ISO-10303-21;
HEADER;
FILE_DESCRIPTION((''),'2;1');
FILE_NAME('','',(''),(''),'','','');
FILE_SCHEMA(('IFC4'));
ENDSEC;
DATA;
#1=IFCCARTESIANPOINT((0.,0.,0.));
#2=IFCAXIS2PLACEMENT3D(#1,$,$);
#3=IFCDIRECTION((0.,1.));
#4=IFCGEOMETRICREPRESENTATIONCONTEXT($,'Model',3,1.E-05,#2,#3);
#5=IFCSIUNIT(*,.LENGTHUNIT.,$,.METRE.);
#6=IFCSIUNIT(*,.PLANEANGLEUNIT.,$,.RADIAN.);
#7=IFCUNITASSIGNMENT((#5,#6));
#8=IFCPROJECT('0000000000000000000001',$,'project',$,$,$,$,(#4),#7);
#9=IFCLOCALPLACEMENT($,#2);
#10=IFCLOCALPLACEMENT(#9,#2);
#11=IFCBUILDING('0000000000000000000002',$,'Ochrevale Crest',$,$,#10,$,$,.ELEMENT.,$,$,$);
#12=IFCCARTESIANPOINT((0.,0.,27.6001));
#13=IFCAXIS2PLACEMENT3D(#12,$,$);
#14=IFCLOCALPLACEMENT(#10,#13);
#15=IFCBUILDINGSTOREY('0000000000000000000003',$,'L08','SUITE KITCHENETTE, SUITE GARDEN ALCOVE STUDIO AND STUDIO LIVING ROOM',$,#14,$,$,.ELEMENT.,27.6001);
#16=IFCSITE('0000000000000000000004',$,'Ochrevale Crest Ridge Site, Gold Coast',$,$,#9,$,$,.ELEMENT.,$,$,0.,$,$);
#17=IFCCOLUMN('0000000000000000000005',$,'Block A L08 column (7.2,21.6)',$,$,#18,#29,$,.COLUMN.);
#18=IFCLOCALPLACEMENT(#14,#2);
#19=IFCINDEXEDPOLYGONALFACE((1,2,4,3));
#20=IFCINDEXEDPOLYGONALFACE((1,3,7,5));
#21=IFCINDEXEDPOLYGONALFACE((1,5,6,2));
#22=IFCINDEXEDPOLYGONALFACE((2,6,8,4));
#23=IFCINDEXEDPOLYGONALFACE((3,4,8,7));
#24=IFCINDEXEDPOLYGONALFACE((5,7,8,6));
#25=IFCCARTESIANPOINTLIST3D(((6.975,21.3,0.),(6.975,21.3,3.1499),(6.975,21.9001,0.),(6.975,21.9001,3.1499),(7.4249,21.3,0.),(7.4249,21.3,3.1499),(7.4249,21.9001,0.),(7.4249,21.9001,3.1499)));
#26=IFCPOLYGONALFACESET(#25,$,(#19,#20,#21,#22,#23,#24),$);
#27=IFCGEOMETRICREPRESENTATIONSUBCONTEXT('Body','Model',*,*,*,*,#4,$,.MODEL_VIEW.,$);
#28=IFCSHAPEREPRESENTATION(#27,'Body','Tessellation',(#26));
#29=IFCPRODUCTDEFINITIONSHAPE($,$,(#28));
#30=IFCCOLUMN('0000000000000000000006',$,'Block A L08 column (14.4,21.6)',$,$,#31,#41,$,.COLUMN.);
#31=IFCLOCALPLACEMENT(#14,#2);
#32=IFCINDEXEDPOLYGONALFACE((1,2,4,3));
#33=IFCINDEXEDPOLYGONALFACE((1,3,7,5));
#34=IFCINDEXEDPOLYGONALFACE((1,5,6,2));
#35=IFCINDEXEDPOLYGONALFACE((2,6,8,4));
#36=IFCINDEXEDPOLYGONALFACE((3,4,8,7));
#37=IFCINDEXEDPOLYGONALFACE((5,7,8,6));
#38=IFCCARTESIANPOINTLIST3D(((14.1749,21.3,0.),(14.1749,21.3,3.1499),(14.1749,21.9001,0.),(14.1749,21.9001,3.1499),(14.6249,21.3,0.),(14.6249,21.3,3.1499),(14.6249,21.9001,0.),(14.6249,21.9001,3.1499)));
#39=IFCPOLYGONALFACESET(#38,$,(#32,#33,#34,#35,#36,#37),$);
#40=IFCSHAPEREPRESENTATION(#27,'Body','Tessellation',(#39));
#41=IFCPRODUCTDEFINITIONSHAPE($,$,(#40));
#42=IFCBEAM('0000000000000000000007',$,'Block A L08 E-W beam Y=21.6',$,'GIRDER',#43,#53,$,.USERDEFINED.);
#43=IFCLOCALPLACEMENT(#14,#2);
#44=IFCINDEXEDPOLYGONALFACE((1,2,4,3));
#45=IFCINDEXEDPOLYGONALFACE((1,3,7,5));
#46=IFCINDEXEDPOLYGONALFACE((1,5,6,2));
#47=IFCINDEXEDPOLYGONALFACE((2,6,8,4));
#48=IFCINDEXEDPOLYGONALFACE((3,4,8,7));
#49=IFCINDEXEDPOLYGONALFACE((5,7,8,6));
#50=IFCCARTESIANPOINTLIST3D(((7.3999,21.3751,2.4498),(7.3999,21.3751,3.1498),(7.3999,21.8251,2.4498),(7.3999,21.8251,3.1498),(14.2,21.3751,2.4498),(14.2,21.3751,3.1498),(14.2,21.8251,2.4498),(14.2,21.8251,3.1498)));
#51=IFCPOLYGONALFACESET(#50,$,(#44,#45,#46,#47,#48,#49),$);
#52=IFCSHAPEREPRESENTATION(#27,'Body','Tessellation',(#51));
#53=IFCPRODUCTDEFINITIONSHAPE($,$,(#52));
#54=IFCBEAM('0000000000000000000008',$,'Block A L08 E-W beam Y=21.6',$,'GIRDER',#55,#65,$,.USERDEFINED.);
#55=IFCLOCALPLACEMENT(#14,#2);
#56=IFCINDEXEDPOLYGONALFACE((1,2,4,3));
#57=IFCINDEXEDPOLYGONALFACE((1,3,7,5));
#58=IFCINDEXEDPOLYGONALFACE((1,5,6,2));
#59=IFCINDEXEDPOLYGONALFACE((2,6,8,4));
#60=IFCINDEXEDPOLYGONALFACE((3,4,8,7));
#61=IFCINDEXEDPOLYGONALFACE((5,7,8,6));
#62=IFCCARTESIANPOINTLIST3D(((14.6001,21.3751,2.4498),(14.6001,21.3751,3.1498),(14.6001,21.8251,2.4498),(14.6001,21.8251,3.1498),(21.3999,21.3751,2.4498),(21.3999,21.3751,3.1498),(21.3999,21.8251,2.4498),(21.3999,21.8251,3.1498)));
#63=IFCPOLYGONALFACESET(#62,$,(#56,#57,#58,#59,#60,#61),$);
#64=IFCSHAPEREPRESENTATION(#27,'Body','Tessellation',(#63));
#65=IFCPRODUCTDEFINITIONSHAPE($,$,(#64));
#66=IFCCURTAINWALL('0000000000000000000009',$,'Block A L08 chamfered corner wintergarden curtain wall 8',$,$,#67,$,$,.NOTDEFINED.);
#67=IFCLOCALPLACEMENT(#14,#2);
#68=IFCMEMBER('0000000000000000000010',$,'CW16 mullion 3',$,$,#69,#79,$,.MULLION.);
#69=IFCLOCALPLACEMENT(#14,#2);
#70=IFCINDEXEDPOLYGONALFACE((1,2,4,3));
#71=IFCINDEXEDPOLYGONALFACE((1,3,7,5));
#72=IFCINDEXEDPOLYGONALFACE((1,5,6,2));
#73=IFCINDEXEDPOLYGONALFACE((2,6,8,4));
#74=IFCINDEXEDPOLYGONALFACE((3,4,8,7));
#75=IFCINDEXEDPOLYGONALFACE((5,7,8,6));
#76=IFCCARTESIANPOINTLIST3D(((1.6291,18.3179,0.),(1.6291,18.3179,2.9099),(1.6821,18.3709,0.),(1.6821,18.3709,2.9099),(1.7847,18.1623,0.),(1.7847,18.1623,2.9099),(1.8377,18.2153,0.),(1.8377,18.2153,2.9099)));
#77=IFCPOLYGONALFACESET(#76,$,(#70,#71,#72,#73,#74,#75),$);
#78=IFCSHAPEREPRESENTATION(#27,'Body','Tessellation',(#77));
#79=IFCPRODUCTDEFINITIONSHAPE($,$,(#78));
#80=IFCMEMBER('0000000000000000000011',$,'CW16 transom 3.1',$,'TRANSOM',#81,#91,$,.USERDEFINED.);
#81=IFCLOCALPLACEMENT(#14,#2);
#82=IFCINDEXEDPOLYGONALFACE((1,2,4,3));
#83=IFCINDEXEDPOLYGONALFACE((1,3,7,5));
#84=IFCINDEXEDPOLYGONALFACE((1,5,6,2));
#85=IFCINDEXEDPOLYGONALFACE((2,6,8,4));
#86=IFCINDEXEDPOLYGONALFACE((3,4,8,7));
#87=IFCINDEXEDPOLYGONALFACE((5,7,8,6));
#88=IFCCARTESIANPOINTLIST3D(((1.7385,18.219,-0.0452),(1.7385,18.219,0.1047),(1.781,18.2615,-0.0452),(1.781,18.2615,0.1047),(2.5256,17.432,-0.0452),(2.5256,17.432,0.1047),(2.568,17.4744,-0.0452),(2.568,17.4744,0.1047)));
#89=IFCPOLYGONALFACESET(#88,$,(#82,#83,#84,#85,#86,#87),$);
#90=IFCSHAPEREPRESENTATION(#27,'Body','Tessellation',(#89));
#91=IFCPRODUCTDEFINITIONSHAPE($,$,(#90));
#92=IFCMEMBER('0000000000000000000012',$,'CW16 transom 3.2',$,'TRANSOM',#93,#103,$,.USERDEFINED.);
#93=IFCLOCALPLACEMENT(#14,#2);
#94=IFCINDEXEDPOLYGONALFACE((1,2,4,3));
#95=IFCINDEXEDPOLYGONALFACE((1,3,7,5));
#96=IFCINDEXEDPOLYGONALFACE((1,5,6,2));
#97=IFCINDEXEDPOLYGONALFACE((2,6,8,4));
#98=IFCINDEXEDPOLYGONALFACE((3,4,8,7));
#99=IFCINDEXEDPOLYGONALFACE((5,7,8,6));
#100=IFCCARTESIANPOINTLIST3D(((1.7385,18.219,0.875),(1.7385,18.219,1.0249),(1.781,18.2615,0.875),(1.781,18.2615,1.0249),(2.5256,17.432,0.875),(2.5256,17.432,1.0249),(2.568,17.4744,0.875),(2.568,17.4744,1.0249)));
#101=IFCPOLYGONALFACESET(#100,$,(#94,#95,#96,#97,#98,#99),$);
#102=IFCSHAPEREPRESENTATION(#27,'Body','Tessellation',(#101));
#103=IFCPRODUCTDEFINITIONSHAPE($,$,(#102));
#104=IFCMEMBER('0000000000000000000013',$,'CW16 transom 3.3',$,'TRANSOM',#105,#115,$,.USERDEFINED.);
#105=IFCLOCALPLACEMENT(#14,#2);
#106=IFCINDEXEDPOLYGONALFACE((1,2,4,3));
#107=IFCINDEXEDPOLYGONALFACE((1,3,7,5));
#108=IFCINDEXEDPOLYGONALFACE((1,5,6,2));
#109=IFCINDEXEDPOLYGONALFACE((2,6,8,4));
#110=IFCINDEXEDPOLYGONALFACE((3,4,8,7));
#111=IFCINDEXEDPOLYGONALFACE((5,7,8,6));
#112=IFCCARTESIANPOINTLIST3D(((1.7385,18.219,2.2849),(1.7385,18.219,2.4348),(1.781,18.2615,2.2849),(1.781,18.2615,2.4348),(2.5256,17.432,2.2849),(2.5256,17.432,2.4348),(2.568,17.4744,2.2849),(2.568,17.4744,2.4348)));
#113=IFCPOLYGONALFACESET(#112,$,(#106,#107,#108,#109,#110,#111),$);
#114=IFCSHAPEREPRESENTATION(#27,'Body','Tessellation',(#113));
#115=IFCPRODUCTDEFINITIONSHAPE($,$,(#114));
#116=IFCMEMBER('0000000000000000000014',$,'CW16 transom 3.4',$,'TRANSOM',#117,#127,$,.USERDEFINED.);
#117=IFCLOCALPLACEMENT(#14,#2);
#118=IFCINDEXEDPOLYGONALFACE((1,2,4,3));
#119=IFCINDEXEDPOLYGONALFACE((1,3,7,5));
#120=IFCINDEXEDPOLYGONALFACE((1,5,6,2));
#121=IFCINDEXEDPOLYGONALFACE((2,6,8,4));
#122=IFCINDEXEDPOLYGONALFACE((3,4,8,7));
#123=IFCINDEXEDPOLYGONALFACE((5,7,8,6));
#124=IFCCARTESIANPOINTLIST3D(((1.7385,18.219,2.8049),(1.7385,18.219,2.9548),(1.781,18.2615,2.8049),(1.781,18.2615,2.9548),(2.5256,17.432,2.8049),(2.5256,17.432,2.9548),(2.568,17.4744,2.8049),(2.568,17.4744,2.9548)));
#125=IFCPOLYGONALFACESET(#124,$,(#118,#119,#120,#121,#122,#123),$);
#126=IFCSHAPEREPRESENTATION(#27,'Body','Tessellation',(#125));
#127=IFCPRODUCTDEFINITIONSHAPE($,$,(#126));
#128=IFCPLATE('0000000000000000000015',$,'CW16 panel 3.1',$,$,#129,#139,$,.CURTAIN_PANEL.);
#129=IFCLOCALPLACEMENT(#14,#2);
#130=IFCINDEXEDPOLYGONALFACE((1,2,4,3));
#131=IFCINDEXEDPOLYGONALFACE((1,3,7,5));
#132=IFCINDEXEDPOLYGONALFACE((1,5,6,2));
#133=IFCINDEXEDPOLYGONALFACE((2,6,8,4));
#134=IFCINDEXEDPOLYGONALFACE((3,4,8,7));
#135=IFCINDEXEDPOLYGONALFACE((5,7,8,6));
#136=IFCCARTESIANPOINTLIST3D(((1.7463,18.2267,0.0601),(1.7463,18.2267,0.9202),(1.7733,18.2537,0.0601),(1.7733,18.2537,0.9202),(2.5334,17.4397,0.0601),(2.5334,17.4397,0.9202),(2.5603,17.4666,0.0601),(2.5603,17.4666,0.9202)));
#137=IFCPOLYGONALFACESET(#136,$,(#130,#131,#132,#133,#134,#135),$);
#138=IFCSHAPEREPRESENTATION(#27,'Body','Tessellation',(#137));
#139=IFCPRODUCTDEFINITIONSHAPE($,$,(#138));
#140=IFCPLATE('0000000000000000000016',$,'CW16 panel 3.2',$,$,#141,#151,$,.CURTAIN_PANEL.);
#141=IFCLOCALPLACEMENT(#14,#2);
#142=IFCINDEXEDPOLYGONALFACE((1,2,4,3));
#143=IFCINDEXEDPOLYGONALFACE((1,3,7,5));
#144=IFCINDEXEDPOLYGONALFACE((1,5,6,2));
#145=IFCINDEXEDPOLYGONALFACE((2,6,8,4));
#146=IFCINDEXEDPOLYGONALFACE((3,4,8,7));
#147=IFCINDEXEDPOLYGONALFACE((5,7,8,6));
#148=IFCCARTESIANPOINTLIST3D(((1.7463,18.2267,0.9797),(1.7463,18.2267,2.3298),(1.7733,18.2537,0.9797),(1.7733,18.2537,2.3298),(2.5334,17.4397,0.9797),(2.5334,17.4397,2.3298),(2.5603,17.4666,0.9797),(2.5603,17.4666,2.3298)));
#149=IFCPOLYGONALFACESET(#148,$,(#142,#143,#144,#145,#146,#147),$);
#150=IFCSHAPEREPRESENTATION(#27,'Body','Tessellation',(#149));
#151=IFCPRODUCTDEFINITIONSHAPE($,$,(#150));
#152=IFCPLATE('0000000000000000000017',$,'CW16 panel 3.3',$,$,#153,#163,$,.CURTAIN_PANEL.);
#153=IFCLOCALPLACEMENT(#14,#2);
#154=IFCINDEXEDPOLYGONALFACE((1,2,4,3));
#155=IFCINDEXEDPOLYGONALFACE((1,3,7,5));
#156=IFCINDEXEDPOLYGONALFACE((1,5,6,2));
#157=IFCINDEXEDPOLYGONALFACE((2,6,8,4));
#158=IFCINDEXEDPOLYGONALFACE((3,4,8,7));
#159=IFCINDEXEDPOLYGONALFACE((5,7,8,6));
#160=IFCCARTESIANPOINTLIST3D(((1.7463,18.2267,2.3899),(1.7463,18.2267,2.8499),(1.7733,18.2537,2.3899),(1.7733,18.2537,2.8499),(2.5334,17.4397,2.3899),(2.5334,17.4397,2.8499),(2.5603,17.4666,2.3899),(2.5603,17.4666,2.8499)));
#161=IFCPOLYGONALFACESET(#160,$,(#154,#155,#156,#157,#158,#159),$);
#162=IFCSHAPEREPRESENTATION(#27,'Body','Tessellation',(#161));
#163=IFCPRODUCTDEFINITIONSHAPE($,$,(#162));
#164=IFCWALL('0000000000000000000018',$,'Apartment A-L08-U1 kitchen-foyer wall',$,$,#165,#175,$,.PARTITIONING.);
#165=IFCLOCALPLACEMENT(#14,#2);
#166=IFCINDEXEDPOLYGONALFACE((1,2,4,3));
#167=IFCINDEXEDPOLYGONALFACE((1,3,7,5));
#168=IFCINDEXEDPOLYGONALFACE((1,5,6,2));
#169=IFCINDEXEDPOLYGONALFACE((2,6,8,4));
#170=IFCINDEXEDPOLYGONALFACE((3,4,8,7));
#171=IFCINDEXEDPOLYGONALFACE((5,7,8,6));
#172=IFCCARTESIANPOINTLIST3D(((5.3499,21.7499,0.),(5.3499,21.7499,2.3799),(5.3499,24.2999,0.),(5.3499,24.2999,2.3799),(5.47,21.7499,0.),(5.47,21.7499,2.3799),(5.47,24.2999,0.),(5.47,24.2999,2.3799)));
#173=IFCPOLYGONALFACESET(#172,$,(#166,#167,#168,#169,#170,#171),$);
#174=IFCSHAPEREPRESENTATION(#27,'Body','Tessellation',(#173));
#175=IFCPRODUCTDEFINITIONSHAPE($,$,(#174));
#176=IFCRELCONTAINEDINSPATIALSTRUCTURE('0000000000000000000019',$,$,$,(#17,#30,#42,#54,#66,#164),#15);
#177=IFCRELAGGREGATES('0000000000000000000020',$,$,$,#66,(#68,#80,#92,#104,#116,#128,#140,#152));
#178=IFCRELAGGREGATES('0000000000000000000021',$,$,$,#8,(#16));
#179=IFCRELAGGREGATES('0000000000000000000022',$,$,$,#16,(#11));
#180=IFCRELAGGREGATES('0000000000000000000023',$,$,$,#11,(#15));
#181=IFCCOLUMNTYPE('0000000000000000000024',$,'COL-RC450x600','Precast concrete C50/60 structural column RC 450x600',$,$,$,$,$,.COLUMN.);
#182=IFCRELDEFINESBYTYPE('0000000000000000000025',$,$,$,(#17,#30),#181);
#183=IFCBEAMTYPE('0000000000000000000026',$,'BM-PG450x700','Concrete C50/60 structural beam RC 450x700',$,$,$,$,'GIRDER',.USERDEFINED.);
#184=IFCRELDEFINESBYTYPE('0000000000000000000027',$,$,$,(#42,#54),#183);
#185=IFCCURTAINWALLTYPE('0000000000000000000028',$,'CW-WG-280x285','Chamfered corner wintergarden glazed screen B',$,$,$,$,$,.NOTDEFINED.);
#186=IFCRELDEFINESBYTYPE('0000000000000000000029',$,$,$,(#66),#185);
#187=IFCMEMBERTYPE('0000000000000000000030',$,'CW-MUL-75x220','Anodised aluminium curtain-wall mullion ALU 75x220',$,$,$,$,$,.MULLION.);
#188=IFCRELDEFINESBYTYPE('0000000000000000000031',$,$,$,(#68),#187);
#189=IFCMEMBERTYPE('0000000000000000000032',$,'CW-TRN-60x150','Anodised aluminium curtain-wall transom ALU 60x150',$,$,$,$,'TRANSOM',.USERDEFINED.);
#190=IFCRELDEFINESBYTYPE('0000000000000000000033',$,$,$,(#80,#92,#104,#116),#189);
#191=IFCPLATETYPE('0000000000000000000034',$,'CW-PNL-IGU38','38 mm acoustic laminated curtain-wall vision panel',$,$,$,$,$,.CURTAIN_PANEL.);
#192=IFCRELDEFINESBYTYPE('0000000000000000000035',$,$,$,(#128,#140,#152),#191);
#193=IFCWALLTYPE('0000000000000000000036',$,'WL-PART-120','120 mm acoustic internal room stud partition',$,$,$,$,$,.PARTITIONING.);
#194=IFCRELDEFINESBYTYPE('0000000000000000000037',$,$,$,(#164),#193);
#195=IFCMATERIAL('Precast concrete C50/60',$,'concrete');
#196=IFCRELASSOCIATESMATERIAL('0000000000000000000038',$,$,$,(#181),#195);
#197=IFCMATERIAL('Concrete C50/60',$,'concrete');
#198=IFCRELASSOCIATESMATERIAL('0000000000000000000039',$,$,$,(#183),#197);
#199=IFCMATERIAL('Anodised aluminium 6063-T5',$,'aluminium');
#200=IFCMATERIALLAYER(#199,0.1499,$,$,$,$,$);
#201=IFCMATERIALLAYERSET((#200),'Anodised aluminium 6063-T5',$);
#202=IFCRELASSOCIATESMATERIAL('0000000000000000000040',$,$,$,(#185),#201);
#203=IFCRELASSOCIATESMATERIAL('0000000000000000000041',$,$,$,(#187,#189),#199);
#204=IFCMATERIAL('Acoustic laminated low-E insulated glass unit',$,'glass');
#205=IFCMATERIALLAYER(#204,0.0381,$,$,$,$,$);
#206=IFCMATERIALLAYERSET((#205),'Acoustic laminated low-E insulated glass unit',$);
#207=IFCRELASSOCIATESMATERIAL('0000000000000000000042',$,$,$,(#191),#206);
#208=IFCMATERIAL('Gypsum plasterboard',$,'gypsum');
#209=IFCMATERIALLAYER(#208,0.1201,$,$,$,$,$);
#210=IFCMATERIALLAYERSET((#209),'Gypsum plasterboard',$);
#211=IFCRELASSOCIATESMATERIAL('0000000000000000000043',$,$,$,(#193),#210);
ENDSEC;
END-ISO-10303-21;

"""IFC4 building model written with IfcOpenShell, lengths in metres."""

from ifc_helpers import new_model, si_unit, direction, frame, frame_2d, origin, origin_2d, place, context, subcontext, project, spatial, rectangle, extrude, material, layer, layer_set, material_profile, profile_set, type_object, element, aggregate, save


model = new_model("IFC4")

# Units and contexts
model_context = context("Model", 3, precision=1e-05, world=origin(), true_north=direction((0.0, 1.0)))
body_context = subcontext(model_context, "Body", "Model", "MODEL_VIEW")
ifc_project = project(units=[si_unit("LENGTHUNIT", "METRE"), si_unit("PLANEANGLEUNIT", "RADIAN")], contexts=[model_context])

# Site, building, storey
site_placement = place(None, origin())
site = spatial("IfcSite", under=ifc_project, at=site_placement, Name="Ochrevale Crest Ridge Site, Gold Coast", CompositionType="ELEMENT", RefElevation=0.0)
building_placement = place(site_placement, origin())
building = spatial("IfcBuilding", under=site, at=building_placement, Name="Ochrevale Crest", CompositionType="ELEMENT")
storey_placement = place(building_placement, frame((0.0, 0.0, 27.6001)))
storey = spatial("IfcBuildingStorey", under=building, at=storey_placement, Name="L08", Description="SUITE KITCHENETTE, SUITE GARDEN ALCOVE STUDIO AND STUDIO LIVING ROOM", CompositionType="ELEMENT", Elevation=27.6001)

# Columns
ifc_material_1 = material(Name="Precast concrete C50/60", Category="concrete")
ifc_material_profile_1 = material_profile(ifc_material_1, rectangle(XDim=0.45, YDim=0.6001, at=origin_2d()), Name="RC 450x600")
ifc_profile_set_1 = profile_set([ifc_material_profile_1], Name="Precast concrete C50/60")
column_type = type_object("IfcColumnType", Name="COL-RC450x600", Description="Precast concrete C50/60 structural column RC 450x600", PredefinedType="COLUMN", material=ifc_profile_set_1)
for number, where, z_axis, x_axis, name in (
    (1, (7.2, 21.6001, 0.0), (0.0, 0.0, 1.0), (1.0, 0.0, 0.0), "Block A L08 column (7.2,21.6)"),
    (2, (14.3999, 21.6001, 0.0), (0.0, 0.0, 1.0), (1.0, 0.0, 0.0), "Block A L08 column (14.4,21.6)"),
):
    element("IfcColumn", number, at=place(storey_placement, frame(where, z_axis=z_axis, x_axis=x_axis)), inside=storey, type_object=column_type, Name=name, PredefinedType="COLUMN", context=body_context, shape_type="SweptSolid", body=[
        extrude(rectangle(XDim=0.45, YDim=0.6001, at=origin_2d()), origin(), (0.0, 0.0, 1.0), 3.1499),
    ])

# Beams
ifc_material_2 = material(Name="Concrete C50/60", Category="concrete")
ifc_material_profile_2 = material_profile(ifc_material_2, rectangle(XDim=0.45, YDim=0.7, at=origin_2d()), Name="RC 450x700")
ifc_profile_set_2 = profile_set([ifc_material_profile_2], Name="Concrete C50/60")
beam_type = type_object("IfcBeamType", Name="BM-PG450x700", Description="Concrete C50/60 structural beam RC 450x700", ElementType="GIRDER", PredefinedType="USERDEFINED", material=ifc_profile_set_2)
beam_1_placement = place(storey_placement, frame((7.3999, 21.6001, 2.7998), z_axis=(1.0, 0.0, 0.0), x_axis=(0.0, 1.0, 0.0)))
element("IfcBeam", 3, at=beam_1_placement, inside=storey, type_object=beam_type, Name="Block A L08 E-W beam Y=21.6", ObjectType="GIRDER", PredefinedType="USERDEFINED", context=body_context, shape_type="SweptSolid", body=[
    extrude(rectangle(XDim=0.45, YDim=0.7, at=origin_2d()), origin(), (0.0, 0.0, 1.0), 6.8),
])
beam_2_placement = place(storey_placement, frame((14.6001, 21.6001, 2.7998), z_axis=(1.0, 0.0, 0.0), x_axis=(0.0, 1.0, 0.0)))
element("IfcBeam", 4, at=beam_2_placement, inside=storey, type_object=beam_type, Name="Block A L08 E-W beam Y=21.6", ObjectType="GIRDER", PredefinedType="USERDEFINED", context=body_context, shape_type="SweptSolid", body=[
    extrude(rectangle(XDim=0.45, YDim=0.7, at=origin_2d()), origin(), (0.0, 0.0, 1.0), 6.7998),
])

# Curtain wall, members, plates
ifc_material_3 = material(Name="Anodised aluminium 6063-T5", Category="aluminium")
ifc_layer_1 = layer(ifc_material_3, 0.1499)
ifc_layer_set_1 = layer_set([ifc_layer_1], Name="Anodised aluminium 6063-T5")
curtain_wall_type = type_object("IfcCurtainWallType", Name="CW-WG-280x285", Description="Chamfered corner wintergarden glazed screen B", PredefinedType="NOTDEFINED", material=ifc_layer_set_1)
curtain_wall_placement = place(storey_placement, origin())
curtain_wall = element("IfcCurtainWall", 5, at=curtain_wall_placement, inside=storey, type_object=curtain_wall_type, Name="Block A L08 chamfered corner wintergarden curtain wall 8", PredefinedType="NOTDEFINED")
ifc_material_profile_3 = material_profile(ifc_material_3, rectangle(XDim=0.075, YDim=0.22, at=origin_2d()), Name="ALU 75x220")
ifc_profile_set_3 = profile_set([ifc_material_profile_3], Name="Anodised aluminium 6063-T5")
member_type_1 = type_object("IfcMemberType", Name="CW-MUL-75x220", Description="Anodised aluminium curtain-wall mullion ALU 75x220", PredefinedType="MULLION", material=ifc_profile_set_3)
member_1_placement = place(storey_placement, frame((1.7334, 18.2666, 0.0), z_axis=(0.0, 0.0, 1.0), x_axis=(0.707107, 0.707107, 0.0)))
member_1 = element("IfcMember", 6, at=member_1_placement, type_object=member_type_1, Name="CW16 mullion 3", PredefinedType="MULLION", context=body_context, shape_type="SweptSolid", body=[
    extrude(rectangle(XDim=0.075, YDim=0.22, at=origin_2d()), origin(), (0.0, 0.0, 1.0), 2.9099),
])
ifc_material_profile_4 = material_profile(ifc_material_3, rectangle(XDim=0.0601, YDim=0.1499, at=origin_2d()), Name="ALU 60x150")
ifc_profile_set_4 = profile_set([ifc_material_profile_4], Name="Anodised aluminium 6063-T5")
member_type_2 = type_object("IfcMemberType", Name="CW-TRN-60x150", Description="Anodised aluminium curtain-wall transom ALU 60x150", ElementType="TRANSOM", PredefinedType="USERDEFINED", material=ifc_profile_set_4)
member_2_placement = place(storey_placement, frame((1.7598, 18.2402, 0.0298), z_axis=(0.707107, -0.707107, 0.0), x_axis=(0.707107, 0.707107, 0.0)))
member_2 = element("IfcMember", 7, at=member_2_placement, type_object=member_type_2, Name="CW16 transom 3.1", ObjectType="TRANSOM", PredefinedType="USERDEFINED", context=body_context, shape_type="SweptSolid", body=[
    extrude(rectangle(XDim=0.0601, YDim=0.1499, at=origin_2d()), origin(), (0.0, 0.0, 1.0), 1.113),
])
member_3_placement = place(storey_placement, frame((1.7598, 18.2402, 0.95), z_axis=(0.707107, -0.707107, 0.0), x_axis=(0.707107, 0.707107, 0.0)))
member_3 = element("IfcMember", 8, at=member_3_placement, type_object=member_type_2, Name="CW16 transom 3.2", ObjectType="TRANSOM", PredefinedType="USERDEFINED", context=body_context, shape_type="SweptSolid", body=[
    extrude(rectangle(XDim=0.0601, YDim=0.1499, at=origin_2d()), origin(), (0.0, 0.0, 1.0), 1.113),
])
member_4_placement = place(storey_placement, frame((1.7598, 18.2402, 2.3599), z_axis=(0.707107, -0.707107, 0.0), x_axis=(0.707107, 0.707107, 0.0)))
member_4 = element("IfcMember", 9, at=member_4_placement, type_object=member_type_2, Name="CW16 transom 3.3", ObjectType="TRANSOM", PredefinedType="USERDEFINED", context=body_context, shape_type="SweptSolid", body=[
    extrude(rectangle(XDim=0.0601, YDim=0.1499, at=origin_2d()), origin(), (0.0, 0.0, 1.0), 1.113),
])
member_5_placement = place(storey_placement, frame((1.7598, 18.2402, 2.8799), z_axis=(0.707107, -0.707107, 0.0), x_axis=(0.707107, 0.707107, 0.0)))
member_5 = element("IfcMember", 10, at=member_5_placement, type_object=member_type_2, Name="CW16 transom 3.4", ObjectType="TRANSOM", PredefinedType="USERDEFINED", context=body_context, shape_type="SweptSolid", body=[
    extrude(rectangle(XDim=0.0601, YDim=0.1499, at=origin_2d()), origin(), (0.0, 0.0, 1.0), 1.113),
])
ifc_material_4 = material(Name="Acoustic laminated low-E insulated glass unit", Category="glass")
ifc_layer_2 = layer(ifc_material_4, 0.0381)
ifc_layer_set_2 = layer_set([ifc_layer_2], Name="Acoustic laminated low-E insulated glass unit")
plate_type = type_object("IfcPlateType", Name="CW-PNL-IGU38", Description="38 mm acoustic laminated curtain-wall vision panel", PredefinedType="CURTAIN_PANEL", material=ifc_layer_set_2)
plate_1_placement = place(storey_placement, frame((2.1533, 17.8467, 0.0601), z_axis=(0.0, 0.0, 1.0), x_axis=(0.707107, -0.707107, 0.0)))
plate_1 = element("IfcPlate", 11, at=plate_1_placement, type_object=plate_type, Name="CW16 panel 3.1", PredefinedType="CURTAIN_PANEL", context=body_context, shape_type="SweptSolid", body=[
    extrude(rectangle(XDim=1.113, YDim=0.0381, at=origin_2d()), origin(), (0.0, 0.0, 1.0), 0.8601),
])
plate_2_placement = place(storey_placement, frame((2.1533, 17.8467, 0.9797), z_axis=(0.0, 0.0, 1.0), x_axis=(0.707107, -0.707107, 0.0)))
plate_2 = element("IfcPlate", 12, at=plate_2_placement, type_object=plate_type, Name="CW16 panel 3.2", PredefinedType="CURTAIN_PANEL", context=body_context, shape_type="SweptSolid", body=[
    extrude(rectangle(XDim=1.113, YDim=0.0381, at=origin_2d()), origin(), (0.0, 0.0, 1.0), 1.3501),
])
plate_3_placement = place(storey_placement, frame((2.1533, 17.8467, 2.3899), z_axis=(0.0, 0.0, 1.0), x_axis=(0.707107, -0.707107, 0.0)))
plate_3 = element("IfcPlate", 13, at=plate_3_placement, type_object=plate_type, Name="CW16 panel 3.3", PredefinedType="CURTAIN_PANEL", context=body_context, shape_type="SweptSolid", body=[
    extrude(rectangle(XDim=1.113, YDim=0.0381, at=origin_2d()), origin(), (0.0, 0.0, 1.0), 0.46),
])
aggregate(curtain_wall, [member_1, member_2, member_3, member_4, member_5, plate_1, plate_2, plate_3])

# Wall
ifc_material_5 = material(Name="Gypsum plasterboard", Category="gypsum")
ifc_layer_3 = layer(ifc_material_5, 0.1201)
ifc_layer_set_3 = layer_set([ifc_layer_3], Name="Gypsum plasterboard")
wall_type_1 = type_object("IfcWallType", Name="WL-PART-120", Description="120 mm acoustic internal room stud partition", PredefinedType="PARTITIONING", material=ifc_layer_set_3)
wall_1_placement = place(storey_placement, frame((5.4099, 21.75, 0.0), z_axis=(0.0, 0.0, 1.0), x_axis=(0.0, 1.0, 0.0)))
element("IfcWall", 14, at=wall_1_placement, inside=storey, type_object=wall_type_1, Name="Apartment A-L08-U1 kitchen-foyer wall", PredefinedType="PARTITIONING", context=body_context, shape_type="SweptSolid", body=[
    extrude(rectangle(XDim=2.55, YDim=0.1201, at=frame_2d((1.2749, 0.0))), origin(), (0.0, 0.0, 1.0), 2.3799),
])

save(model, "model.ifc")
